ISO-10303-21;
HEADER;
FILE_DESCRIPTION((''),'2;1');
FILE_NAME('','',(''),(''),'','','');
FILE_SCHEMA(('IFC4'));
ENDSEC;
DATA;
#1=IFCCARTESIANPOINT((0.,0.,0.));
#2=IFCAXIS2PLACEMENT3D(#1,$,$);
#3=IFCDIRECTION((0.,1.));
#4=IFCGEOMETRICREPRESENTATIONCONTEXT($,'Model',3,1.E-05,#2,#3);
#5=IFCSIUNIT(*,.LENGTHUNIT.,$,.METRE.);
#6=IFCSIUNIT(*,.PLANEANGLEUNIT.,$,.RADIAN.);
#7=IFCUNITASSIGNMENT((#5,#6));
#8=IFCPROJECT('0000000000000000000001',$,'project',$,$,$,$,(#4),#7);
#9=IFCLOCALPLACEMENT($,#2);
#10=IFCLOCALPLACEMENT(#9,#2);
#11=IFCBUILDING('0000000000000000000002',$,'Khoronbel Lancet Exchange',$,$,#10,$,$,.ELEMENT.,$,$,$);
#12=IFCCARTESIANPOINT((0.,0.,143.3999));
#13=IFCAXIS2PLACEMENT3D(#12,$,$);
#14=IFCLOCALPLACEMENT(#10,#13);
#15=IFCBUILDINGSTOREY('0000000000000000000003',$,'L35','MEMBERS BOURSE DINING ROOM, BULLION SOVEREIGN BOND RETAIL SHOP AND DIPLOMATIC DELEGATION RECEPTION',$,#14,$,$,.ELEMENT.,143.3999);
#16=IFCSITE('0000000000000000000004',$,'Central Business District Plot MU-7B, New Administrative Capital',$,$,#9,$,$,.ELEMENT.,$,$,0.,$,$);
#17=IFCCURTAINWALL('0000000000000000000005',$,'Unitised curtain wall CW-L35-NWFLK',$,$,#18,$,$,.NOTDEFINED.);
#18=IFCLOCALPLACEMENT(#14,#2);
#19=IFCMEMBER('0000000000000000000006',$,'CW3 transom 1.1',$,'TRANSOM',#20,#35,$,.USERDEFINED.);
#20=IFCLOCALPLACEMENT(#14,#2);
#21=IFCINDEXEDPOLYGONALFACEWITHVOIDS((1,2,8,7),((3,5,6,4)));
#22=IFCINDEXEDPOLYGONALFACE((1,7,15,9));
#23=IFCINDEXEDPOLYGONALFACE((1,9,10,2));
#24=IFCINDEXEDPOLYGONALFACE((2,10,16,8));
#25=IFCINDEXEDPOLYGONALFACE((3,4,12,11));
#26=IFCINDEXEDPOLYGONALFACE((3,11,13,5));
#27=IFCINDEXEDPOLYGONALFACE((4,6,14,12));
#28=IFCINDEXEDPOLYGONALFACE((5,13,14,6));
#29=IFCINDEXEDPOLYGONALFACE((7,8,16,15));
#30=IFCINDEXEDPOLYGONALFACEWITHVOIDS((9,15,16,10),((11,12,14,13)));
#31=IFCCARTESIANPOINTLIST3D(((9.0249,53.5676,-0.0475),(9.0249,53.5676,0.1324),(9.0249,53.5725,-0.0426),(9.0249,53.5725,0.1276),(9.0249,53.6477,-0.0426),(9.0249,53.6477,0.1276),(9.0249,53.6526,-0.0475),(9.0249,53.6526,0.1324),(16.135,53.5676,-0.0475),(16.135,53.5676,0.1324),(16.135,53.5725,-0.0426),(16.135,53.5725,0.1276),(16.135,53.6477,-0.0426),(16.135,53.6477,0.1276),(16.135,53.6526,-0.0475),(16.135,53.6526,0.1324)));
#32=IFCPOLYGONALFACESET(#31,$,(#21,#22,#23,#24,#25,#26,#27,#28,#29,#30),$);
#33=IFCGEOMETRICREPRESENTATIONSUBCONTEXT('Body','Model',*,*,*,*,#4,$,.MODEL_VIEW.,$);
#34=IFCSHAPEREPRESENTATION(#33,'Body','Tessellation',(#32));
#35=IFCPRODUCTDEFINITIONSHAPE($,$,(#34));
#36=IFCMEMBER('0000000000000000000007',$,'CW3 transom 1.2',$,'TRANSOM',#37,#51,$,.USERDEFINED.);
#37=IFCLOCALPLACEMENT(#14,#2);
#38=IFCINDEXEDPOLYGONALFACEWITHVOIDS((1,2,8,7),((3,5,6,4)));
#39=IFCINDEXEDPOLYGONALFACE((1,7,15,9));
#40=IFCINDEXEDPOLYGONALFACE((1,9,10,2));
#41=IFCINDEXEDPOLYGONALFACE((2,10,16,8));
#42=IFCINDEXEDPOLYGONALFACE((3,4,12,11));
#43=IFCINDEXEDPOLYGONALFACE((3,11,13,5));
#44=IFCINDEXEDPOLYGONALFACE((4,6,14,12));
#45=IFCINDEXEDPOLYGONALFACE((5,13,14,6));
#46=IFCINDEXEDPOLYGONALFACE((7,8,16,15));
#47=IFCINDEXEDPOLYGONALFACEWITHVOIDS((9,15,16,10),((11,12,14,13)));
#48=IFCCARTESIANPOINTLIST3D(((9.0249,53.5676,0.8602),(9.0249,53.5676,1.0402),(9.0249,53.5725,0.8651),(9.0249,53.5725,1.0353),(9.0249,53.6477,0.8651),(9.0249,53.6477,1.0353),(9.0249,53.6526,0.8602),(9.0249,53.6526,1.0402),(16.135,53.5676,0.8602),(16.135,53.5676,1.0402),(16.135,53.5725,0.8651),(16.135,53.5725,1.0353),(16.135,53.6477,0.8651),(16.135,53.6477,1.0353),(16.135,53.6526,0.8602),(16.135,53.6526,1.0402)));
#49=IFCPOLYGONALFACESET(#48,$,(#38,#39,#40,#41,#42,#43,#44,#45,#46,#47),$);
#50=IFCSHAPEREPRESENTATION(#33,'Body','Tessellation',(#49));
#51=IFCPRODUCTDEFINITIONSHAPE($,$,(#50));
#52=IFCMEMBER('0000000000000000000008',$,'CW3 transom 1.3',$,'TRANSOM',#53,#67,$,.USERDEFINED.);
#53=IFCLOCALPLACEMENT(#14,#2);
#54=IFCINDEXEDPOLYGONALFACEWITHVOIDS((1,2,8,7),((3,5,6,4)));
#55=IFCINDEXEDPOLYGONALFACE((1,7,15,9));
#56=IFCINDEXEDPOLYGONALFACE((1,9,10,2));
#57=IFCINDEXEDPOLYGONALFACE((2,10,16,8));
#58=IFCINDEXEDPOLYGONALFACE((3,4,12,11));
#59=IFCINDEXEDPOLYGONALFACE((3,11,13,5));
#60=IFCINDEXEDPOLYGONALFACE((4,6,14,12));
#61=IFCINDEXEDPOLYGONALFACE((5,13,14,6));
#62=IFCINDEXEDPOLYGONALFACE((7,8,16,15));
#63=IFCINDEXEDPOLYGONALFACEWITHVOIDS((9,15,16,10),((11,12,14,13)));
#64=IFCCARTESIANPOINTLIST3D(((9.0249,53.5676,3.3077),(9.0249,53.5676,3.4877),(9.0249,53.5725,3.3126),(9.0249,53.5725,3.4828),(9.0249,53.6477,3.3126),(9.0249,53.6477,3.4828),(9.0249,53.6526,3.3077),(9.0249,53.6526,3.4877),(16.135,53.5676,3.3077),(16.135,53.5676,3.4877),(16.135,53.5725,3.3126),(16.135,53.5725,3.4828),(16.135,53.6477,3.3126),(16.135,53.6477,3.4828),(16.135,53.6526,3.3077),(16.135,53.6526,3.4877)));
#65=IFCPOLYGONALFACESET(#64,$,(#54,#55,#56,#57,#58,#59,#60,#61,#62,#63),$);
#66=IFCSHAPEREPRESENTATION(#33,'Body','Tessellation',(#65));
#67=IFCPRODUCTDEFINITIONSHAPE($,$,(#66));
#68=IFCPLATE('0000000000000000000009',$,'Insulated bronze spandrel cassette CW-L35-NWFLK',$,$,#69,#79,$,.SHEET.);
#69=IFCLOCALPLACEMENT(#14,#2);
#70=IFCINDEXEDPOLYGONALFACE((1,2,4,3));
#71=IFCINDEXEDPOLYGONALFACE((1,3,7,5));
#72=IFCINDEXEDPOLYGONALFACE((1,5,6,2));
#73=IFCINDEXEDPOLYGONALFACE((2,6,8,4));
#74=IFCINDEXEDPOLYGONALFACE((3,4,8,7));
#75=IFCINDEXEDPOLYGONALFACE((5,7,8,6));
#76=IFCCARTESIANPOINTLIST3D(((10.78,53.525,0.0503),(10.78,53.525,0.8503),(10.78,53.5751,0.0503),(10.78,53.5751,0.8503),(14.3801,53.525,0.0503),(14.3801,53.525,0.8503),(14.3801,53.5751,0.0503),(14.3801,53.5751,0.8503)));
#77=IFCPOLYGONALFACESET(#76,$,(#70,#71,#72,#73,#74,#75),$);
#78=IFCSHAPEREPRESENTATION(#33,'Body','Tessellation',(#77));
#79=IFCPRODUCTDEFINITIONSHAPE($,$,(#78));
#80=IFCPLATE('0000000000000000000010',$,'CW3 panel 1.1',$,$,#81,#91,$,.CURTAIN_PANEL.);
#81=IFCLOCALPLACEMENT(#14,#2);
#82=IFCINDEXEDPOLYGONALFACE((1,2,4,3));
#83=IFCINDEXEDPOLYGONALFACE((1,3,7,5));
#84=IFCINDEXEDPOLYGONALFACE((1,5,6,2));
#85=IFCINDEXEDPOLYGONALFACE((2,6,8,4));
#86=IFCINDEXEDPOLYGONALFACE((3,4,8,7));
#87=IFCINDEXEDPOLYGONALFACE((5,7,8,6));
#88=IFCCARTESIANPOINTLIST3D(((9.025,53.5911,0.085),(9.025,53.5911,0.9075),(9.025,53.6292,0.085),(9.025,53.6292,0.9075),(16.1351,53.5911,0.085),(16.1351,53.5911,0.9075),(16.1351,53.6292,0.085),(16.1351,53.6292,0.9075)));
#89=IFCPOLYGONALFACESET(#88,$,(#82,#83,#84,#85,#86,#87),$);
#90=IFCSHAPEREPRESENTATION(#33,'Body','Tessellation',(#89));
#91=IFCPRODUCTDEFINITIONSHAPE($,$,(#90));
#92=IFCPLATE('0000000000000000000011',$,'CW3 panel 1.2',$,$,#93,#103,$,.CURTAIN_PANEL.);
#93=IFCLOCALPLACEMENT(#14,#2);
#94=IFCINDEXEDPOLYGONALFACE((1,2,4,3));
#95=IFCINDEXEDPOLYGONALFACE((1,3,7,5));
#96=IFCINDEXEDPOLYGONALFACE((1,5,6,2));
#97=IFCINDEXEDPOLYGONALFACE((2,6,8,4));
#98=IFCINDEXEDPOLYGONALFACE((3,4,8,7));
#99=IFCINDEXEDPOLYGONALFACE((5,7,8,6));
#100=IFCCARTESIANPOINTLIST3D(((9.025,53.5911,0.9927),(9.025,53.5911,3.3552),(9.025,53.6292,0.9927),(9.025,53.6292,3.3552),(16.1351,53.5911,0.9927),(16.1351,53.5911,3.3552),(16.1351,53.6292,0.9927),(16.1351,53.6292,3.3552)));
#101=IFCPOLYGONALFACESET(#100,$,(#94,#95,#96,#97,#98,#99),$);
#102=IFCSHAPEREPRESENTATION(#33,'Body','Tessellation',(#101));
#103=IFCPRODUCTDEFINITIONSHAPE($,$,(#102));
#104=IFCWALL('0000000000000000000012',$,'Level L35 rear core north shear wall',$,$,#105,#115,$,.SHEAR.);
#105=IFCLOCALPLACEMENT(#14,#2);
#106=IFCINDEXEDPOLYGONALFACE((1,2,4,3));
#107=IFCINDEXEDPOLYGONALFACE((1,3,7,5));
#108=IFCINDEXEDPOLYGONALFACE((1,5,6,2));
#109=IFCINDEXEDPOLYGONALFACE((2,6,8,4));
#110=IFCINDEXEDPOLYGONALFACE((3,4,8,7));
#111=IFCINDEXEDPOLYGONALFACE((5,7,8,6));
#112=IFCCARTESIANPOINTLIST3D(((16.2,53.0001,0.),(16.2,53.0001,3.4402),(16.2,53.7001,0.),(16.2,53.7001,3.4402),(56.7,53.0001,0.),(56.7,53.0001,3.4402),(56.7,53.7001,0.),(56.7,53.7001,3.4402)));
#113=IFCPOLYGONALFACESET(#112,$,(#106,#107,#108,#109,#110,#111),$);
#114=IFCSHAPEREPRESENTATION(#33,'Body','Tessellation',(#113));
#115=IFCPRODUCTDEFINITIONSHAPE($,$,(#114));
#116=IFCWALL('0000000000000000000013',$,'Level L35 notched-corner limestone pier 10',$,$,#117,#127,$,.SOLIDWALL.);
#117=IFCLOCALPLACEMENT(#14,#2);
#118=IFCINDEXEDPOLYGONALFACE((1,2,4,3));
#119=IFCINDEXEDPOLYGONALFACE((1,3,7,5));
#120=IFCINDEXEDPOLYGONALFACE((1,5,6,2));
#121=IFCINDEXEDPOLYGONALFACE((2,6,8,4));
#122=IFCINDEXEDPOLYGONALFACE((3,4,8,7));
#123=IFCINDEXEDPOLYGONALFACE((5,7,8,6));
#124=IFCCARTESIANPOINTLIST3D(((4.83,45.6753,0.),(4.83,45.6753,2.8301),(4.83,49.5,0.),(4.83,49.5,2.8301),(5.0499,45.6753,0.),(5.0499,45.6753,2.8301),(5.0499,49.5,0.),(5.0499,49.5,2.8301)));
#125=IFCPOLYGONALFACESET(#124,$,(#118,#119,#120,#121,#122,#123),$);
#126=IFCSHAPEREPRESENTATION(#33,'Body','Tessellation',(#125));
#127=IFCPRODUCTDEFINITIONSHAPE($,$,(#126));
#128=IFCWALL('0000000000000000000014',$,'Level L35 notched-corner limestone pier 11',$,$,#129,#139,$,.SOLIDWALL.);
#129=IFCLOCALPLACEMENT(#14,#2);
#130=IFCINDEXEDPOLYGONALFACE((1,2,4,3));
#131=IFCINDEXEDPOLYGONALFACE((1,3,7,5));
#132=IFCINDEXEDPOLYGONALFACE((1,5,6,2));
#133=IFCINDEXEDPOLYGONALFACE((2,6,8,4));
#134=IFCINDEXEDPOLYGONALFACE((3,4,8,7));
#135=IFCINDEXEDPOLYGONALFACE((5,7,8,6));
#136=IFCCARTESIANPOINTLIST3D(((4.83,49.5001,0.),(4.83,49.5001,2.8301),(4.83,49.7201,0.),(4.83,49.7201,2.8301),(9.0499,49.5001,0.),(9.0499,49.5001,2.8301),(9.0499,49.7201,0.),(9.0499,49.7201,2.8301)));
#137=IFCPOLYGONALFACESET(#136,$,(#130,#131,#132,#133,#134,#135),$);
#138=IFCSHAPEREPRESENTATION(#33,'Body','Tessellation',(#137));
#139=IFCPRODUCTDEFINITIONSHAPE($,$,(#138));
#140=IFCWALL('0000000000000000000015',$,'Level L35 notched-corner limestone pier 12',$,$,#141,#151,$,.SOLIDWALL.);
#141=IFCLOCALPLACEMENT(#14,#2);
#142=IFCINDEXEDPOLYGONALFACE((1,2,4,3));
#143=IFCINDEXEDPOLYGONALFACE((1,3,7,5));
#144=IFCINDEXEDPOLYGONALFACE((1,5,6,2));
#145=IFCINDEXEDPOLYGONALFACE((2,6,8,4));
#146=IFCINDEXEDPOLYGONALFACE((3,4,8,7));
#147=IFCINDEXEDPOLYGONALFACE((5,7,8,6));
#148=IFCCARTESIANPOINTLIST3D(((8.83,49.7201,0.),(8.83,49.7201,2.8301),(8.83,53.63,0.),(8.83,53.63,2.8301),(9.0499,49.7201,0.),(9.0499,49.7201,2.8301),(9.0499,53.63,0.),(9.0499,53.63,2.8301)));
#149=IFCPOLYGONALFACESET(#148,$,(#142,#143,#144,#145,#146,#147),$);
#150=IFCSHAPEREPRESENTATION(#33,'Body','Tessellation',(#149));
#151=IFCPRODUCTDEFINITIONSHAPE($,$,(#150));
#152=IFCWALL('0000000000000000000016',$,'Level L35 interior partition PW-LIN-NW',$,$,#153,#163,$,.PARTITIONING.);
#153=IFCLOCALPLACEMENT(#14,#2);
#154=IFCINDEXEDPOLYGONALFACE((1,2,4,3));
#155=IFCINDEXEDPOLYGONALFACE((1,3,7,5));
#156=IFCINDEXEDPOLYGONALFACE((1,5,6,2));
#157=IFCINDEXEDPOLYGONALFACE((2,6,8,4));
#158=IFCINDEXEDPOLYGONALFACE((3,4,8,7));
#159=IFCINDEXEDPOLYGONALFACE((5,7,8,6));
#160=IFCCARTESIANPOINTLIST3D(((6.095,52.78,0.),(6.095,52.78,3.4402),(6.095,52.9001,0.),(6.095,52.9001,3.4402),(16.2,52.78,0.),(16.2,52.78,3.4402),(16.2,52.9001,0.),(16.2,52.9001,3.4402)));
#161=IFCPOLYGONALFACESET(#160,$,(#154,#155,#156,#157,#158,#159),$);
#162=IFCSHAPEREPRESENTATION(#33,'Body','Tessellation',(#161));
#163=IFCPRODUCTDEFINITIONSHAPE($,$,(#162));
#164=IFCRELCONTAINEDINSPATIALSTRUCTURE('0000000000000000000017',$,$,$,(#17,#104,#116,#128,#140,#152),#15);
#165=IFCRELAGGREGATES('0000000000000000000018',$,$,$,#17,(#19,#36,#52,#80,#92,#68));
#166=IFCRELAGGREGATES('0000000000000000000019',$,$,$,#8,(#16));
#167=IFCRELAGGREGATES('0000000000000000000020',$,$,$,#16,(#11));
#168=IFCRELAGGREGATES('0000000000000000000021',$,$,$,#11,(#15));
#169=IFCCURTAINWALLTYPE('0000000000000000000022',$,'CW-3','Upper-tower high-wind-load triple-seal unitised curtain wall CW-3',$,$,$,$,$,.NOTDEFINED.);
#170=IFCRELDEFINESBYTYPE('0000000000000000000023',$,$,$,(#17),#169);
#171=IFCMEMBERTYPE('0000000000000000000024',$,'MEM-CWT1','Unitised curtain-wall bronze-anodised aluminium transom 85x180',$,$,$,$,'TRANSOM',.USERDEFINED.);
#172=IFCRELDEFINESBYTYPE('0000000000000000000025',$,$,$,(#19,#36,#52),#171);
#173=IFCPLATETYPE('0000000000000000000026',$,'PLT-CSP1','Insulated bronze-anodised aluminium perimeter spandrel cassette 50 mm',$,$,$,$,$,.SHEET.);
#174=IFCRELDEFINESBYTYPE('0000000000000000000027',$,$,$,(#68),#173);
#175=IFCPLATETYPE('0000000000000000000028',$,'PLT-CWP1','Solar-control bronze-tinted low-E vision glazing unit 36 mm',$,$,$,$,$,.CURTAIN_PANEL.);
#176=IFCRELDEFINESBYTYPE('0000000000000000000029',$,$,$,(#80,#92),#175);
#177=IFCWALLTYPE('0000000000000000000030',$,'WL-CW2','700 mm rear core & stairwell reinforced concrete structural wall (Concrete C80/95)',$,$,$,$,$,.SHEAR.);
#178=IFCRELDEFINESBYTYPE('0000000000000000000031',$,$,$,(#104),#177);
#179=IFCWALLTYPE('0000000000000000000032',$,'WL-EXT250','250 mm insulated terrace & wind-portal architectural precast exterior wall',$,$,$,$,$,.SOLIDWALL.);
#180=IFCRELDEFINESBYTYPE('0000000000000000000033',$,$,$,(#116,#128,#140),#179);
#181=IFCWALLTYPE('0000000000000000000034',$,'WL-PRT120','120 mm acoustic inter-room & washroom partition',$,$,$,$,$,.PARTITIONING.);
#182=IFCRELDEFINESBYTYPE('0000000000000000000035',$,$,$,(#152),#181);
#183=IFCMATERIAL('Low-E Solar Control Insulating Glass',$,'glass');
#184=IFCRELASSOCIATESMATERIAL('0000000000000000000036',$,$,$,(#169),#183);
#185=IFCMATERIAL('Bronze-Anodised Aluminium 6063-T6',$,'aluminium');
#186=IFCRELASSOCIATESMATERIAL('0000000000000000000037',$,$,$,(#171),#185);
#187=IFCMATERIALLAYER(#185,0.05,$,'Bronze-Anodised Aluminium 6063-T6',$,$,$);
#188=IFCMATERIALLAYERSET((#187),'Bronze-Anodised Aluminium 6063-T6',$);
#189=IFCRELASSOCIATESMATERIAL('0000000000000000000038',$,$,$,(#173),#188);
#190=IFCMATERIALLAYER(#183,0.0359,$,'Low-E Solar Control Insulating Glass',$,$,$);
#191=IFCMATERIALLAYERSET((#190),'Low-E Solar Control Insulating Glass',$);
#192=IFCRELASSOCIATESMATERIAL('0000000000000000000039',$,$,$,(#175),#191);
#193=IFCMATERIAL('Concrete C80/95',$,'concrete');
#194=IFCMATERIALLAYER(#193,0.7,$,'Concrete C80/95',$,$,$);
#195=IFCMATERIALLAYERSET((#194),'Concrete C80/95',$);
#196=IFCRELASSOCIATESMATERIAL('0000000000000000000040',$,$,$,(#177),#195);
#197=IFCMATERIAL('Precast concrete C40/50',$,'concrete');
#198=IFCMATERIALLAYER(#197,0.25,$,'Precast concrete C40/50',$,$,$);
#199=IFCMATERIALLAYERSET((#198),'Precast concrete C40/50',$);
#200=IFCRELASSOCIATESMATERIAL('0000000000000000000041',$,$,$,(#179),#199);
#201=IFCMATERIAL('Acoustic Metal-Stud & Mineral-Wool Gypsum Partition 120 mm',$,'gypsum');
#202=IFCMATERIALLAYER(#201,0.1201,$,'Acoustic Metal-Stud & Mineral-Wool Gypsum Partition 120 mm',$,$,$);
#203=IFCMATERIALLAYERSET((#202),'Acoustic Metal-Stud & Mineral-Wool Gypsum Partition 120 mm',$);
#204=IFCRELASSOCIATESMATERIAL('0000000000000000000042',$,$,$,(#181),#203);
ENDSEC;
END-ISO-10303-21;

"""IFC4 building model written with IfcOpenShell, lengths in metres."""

from ifc_helpers import new_model, si_unit, direction, frame, frame_2d, origin, origin_2d, place, context, subcontext, project, spatial, rectangle, hollow_rectangle, extrude, material, layer, layer_set, material_profile, profile_set, type_object, element, aggregate, save


model = new_model("IFC4")

# Units and contexts
model_context = context("Model", 3, precision=1e-05, world=origin(), true_north=direction((0.0, 1.0)))
body_context = subcontext(model_context, "Body", "Model", "MODEL_VIEW")
ifc_project = project(units=[si_unit("LENGTHUNIT", "METRE"), si_unit("PLANEANGLEUNIT", "RADIAN")], contexts=[model_context])

# Site, building, storey
site_placement = place(None, origin())
site = spatial("IfcSite", under=ifc_project, at=site_placement, Name="Central Business District Plot MU-7B, New Administrative Capital", CompositionType="ELEMENT", RefElevation=0.0)
building_placement = place(site_placement, origin())
building = spatial("IfcBuilding", under=site, at=building_placement, Name="Khoronbel Lancet Exchange", CompositionType="ELEMENT")
storey_placement = place(building_placement, frame((0.0, 0.0, 143.3999)))
storey = spatial("IfcBuildingStorey", under=building, at=storey_placement, Name="L35", Description="MEMBERS BOURSE DINING ROOM, BULLION SOVEREIGN BOND RETAIL SHOP AND DIPLOMATIC DELEGATION RECEPTION", CompositionType="ELEMENT", Elevation=143.3999)

# Curtain wall
ifc_material_1 = material(Name="Low-E Solar Control Insulating Glass", Category="glass")
curtain_wall_type_1 = type_object("IfcCurtainWallType", Name="CW-3", Description="Upper-tower high-wind-load triple-seal unitised curtain wall CW-3", PredefinedType="NOTDEFINED", material=ifc_material_1)
curtain_wall_1_placement = place(storey_placement, origin())
curtain_wall_1 = element("IfcCurtainWall", 1, at=curtain_wall_1_placement, inside=storey, type_object=curtain_wall_type_1, Name="Unitised curtain wall CW-L35-NWFLK", PredefinedType="NOTDEFINED")
ifc_material_2 = material(Name="Bronze-Anodised Aluminium 6063-T6", Category="aluminium")

# Members
ifc_material_profile_1 = material_profile(ifc_material_2, hollow_rectangle(XDim=0.085, YDim=0.1799, WallThickness=0.0049, at=origin_2d()), Name="ALU TRANSOM 85x180")
ifc_profile_set_1 = profile_set([ifc_material_profile_1], Name="Bronze-Anodised Aluminium 6063-T6")
member_type_1 = type_object("IfcMemberType", Name="MEM-CWT1", Description="Unitised curtain-wall bronze-anodised aluminium transom 85x180", ElementType="TRANSOM", PredefinedType="USERDEFINED", material=ifc_profile_set_1)
member_1_placement = place(storey_placement, frame((16.135, 53.6101, 0.0425), z_axis=(-1.0, 0.0, 0.0), x_axis=(0.0, -1.0, 0.0)))
member_1 = element("IfcMember", 2, at=member_1_placement, type_object=member_type_1, Name="CW3 transom 1.1", ObjectType="TRANSOM", PredefinedType="USERDEFINED", context=body_context, shape_type="SweptSolid", body=[
    extrude(hollow_rectangle(XDim=0.085, YDim=0.1799, WallThickness=0.0049, at=origin_2d()), origin(), (0.0, 0.0, 1.0), 7.1101),
])
member_2_placement = place(storey_placement, frame((16.135, 53.6101, 0.9502), z_axis=(-1.0, 0.0, 0.0), x_axis=(0.0, -1.0, 0.0)))
member_2 = element("IfcMember", 3, at=member_2_placement, type_object=member_type_1, Name="CW3 transom 1.2", ObjectType="TRANSOM", PredefinedType="USERDEFINED", context=body_context, shape_type="SweptSolid", body=[
    extrude(hollow_rectangle(XDim=0.085, YDim=0.1799, WallThickness=0.0049, at=origin_2d()), origin(), (0.0, 0.0, 1.0), 7.1101),
])
member_3_placement = place(storey_placement, frame((16.135, 53.6101, 3.3977), z_axis=(-1.0, 0.0, 0.0), x_axis=(0.0, -1.0, 0.0)))
member_3 = element("IfcMember", 4, at=member_3_placement, type_object=member_type_1, Name="CW3 transom 1.3", ObjectType="TRANSOM", PredefinedType="USERDEFINED", context=body_context, shape_type="SweptSolid", body=[
    extrude(hollow_rectangle(XDim=0.085, YDim=0.1799, WallThickness=0.0049, at=origin_2d()), origin(), (0.0, 0.0, 1.0), 7.1101),
])

# Plates
ifc_layer_1 = layer(ifc_material_2, 0.05, Name="Bronze-Anodised Aluminium 6063-T6")
ifc_layer_set_1 = layer_set([ifc_layer_1], Name="Bronze-Anodised Aluminium 6063-T6")
plate_type_1 = type_object("IfcPlateType", Name="PLT-CSP1", Description="Insulated bronze-anodised aluminium perimeter spandrel cassette 50 mm", PredefinedType="SHEET", material=ifc_layer_set_1)
plate_1_placement = place(storey_placement, frame((12.5801, 53.55, 0.0503), z_axis=(0.0, 0.0, 1.0), x_axis=(-1.0, 0.0, 0.0)))
plate_1 = element("IfcPlate", 5, at=plate_1_placement, type_object=plate_type_1, Name="Insulated bronze spandrel cassette CW-L35-NWFLK", PredefinedType="SHEET", context=body_context, shape_type="SweptSolid", body=[
    extrude(rectangle(XDim=3.6001, YDim=0.05, at=origin_2d()), origin(), (0.0, 0.0, 1.0), 0.8),
])
ifc_layer_2 = layer(ifc_material_1, 0.0359, Name="Low-E Solar Control Insulating Glass")
ifc_layer_set_2 = layer_set([ifc_layer_2], Name="Low-E Solar Control Insulating Glass")
plate_type_2 = type_object("IfcPlateType", Name="PLT-CWP1", Description="Solar-control bronze-tinted low-E vision glazing unit 36 mm", PredefinedType="CURTAIN_PANEL", material=ifc_layer_set_2)
plate_2_placement = place(storey_placement, frame((12.5801, 53.6101, 0.085), z_axis=(0.0, 0.0, 1.0), x_axis=(-1.0, 0.0, 0.0)))
plate_2 = element("IfcPlate", 6, at=plate_2_placement, type_object=plate_type_2, Name="CW3 panel 1.1", PredefinedType="CURTAIN_PANEL", context=body_context, shape_type="SweptSolid", body=[
    extrude(rectangle(XDim=7.1101, YDim=0.0381, at=origin_2d()), origin(), (0.0, 0.0, 1.0), 0.8225),
])
plate_3_placement = place(storey_placement, frame((12.5801, 53.6101, 0.9927), z_axis=(0.0, 0.0, 1.0), x_axis=(-1.0, 0.0, 0.0)))
plate_3 = element("IfcPlate", 7, at=plate_3_placement, type_object=plate_type_2, Name="CW3 panel 1.2", PredefinedType="CURTAIN_PANEL", context=body_context, shape_type="SweptSolid", body=[
    extrude(rectangle(XDim=7.1101, YDim=0.0381, at=origin_2d()), origin(), (0.0, 0.0, 1.0), 2.3625),
])
aggregate(curtain_wall_1, [member_1, member_2, member_3, plate_2, plate_3, plate_1])

# Walls
ifc_material_3 = material(Name="Concrete C80/95", Category="concrete")
ifc_layer_3 = layer(ifc_material_3, 0.7, Name="Concrete C80/95")
ifc_layer_set_3 = layer_set([ifc_layer_3], Name="Concrete C80/95")
wall_type_1 = type_object("IfcWallType", Name="WL-CW2", Description="700 mm rear core & stairwell reinforced concrete structural wall (Concrete C80/95)", PredefinedType="SHEAR", material=ifc_layer_set_3)
wall_1_placement = place(storey_placement, frame((16.2, 53.3501, 0.0), z_axis=(0.0, 0.0, 1.0), x_axis=(1.0, 0.0, 0.0)))
element("IfcWall", 8, at=wall_1_placement, inside=storey, type_object=wall_type_1, Name="Level L35 rear core north shear wall", PredefinedType="SHEAR", context=body_context, shape_type="SweptSolid", body=[
    extrude(rectangle(XDim=40.5, YDim=0.7, at=frame_2d((20.25, 0.0))), origin(), (0.0, 0.0, 1.0), 3.4402),
])
ifc_material_4 = material(Name="Precast concrete C40/50", Category="concrete")
ifc_layer_4 = layer(ifc_material_4, 0.25, Name="Precast concrete C40/50")
ifc_layer_set_4 = layer_set([ifc_layer_4], Name="Precast concrete C40/50")
wall_type_2 = type_object("IfcWallType", Name="WL-EXT250", Description="250 mm insulated terrace & wind-portal architectural precast exterior wall", PredefinedType="SOLIDWALL", material=ifc_layer_set_4)
wall_2_placement = place(storey_placement, frame((4.9399, 45.6753, 0.0), z_axis=(0.0, 0.0, 1.0), x_axis=(0.0, 1.0, 0.0)))
element("IfcWall", 9, at=wall_2_placement, inside=storey, type_object=wall_type_2, Name="Level L35 notched-corner limestone pier 10", PredefinedType="SOLIDWALL", context=body_context, shape_type="SweptSolid", body=[
    extrude(rectangle(XDim=3.8247, YDim=0.22, at=frame_2d((1.9124, 0.0))), origin(), (0.0, 0.0, 1.0), 2.8301),
])
wall_3_placement = place(storey_placement, frame((4.8301, 49.6101, 0.0), z_axis=(0.0, 0.0, 1.0), x_axis=(1.0, 0.0, 0.0)))
element("IfcWall", 10, at=wall_3_placement, inside=storey, type_object=wall_type_2, Name="Level L35 notched-corner limestone pier 11", PredefinedType="SOLIDWALL", context=body_context, shape_type="SweptSolid", body=[
    extrude(rectangle(XDim=4.22, YDim=0.22, at=frame_2d((2.1099, 0.0))), origin(), (0.0, 0.0, 1.0), 2.8301),
])
wall_4_placement = place(storey_placement, frame((8.9399, 49.72, 0.0), z_axis=(0.0, 0.0, 1.0), x_axis=(0.0, 1.0, 0.0)))
element("IfcWall", 11, at=wall_4_placement, inside=storey, type_object=wall_type_2, Name="Level L35 notched-corner limestone pier 12", PredefinedType="SOLIDWALL", context=body_context, shape_type="SweptSolid", body=[
    extrude(rectangle(XDim=3.9099, YDim=0.22, at=frame_2d((1.9551, 0.0))), origin(), (0.0, 0.0, 1.0), 2.8301),
])
ifc_material_5 = material(Name="Acoustic Metal-Stud & Mineral-Wool Gypsum Partition 120 mm", Category="gypsum")
ifc_layer_5 = layer(ifc_material_5, 0.1201, Name="Acoustic Metal-Stud & Mineral-Wool Gypsum Partition 120 mm")
ifc_layer_set_5 = layer_set([ifc_layer_5], Name="Acoustic Metal-Stud & Mineral-Wool Gypsum Partition 120 mm")
wall_type_3 = type_object("IfcWallType", Name="WL-PRT120", Description="120 mm acoustic inter-room & washroom partition", PredefinedType="PARTITIONING", material=ifc_layer_set_5)
wall_5_placement = place(storey_placement, frame((6.095, 52.8401, 0.0), z_axis=(0.0, 0.0, 1.0), x_axis=(1.0, 0.0, 0.0)))
element("IfcWall", 12, at=wall_5_placement, inside=storey, type_object=wall_type_3, Name="Level L35 interior partition PW-LIN-NW", PredefinedType="PARTITIONING", context=body_context, shape_type="SweptSolid", body=[
    extrude(rectangle(XDim=10.105, YDim=0.1201, at=frame_2d((5.0525, 0.0))), origin(), (0.0, 0.0, 1.0), 3.4402),
])

save(model, "model.ifc")
